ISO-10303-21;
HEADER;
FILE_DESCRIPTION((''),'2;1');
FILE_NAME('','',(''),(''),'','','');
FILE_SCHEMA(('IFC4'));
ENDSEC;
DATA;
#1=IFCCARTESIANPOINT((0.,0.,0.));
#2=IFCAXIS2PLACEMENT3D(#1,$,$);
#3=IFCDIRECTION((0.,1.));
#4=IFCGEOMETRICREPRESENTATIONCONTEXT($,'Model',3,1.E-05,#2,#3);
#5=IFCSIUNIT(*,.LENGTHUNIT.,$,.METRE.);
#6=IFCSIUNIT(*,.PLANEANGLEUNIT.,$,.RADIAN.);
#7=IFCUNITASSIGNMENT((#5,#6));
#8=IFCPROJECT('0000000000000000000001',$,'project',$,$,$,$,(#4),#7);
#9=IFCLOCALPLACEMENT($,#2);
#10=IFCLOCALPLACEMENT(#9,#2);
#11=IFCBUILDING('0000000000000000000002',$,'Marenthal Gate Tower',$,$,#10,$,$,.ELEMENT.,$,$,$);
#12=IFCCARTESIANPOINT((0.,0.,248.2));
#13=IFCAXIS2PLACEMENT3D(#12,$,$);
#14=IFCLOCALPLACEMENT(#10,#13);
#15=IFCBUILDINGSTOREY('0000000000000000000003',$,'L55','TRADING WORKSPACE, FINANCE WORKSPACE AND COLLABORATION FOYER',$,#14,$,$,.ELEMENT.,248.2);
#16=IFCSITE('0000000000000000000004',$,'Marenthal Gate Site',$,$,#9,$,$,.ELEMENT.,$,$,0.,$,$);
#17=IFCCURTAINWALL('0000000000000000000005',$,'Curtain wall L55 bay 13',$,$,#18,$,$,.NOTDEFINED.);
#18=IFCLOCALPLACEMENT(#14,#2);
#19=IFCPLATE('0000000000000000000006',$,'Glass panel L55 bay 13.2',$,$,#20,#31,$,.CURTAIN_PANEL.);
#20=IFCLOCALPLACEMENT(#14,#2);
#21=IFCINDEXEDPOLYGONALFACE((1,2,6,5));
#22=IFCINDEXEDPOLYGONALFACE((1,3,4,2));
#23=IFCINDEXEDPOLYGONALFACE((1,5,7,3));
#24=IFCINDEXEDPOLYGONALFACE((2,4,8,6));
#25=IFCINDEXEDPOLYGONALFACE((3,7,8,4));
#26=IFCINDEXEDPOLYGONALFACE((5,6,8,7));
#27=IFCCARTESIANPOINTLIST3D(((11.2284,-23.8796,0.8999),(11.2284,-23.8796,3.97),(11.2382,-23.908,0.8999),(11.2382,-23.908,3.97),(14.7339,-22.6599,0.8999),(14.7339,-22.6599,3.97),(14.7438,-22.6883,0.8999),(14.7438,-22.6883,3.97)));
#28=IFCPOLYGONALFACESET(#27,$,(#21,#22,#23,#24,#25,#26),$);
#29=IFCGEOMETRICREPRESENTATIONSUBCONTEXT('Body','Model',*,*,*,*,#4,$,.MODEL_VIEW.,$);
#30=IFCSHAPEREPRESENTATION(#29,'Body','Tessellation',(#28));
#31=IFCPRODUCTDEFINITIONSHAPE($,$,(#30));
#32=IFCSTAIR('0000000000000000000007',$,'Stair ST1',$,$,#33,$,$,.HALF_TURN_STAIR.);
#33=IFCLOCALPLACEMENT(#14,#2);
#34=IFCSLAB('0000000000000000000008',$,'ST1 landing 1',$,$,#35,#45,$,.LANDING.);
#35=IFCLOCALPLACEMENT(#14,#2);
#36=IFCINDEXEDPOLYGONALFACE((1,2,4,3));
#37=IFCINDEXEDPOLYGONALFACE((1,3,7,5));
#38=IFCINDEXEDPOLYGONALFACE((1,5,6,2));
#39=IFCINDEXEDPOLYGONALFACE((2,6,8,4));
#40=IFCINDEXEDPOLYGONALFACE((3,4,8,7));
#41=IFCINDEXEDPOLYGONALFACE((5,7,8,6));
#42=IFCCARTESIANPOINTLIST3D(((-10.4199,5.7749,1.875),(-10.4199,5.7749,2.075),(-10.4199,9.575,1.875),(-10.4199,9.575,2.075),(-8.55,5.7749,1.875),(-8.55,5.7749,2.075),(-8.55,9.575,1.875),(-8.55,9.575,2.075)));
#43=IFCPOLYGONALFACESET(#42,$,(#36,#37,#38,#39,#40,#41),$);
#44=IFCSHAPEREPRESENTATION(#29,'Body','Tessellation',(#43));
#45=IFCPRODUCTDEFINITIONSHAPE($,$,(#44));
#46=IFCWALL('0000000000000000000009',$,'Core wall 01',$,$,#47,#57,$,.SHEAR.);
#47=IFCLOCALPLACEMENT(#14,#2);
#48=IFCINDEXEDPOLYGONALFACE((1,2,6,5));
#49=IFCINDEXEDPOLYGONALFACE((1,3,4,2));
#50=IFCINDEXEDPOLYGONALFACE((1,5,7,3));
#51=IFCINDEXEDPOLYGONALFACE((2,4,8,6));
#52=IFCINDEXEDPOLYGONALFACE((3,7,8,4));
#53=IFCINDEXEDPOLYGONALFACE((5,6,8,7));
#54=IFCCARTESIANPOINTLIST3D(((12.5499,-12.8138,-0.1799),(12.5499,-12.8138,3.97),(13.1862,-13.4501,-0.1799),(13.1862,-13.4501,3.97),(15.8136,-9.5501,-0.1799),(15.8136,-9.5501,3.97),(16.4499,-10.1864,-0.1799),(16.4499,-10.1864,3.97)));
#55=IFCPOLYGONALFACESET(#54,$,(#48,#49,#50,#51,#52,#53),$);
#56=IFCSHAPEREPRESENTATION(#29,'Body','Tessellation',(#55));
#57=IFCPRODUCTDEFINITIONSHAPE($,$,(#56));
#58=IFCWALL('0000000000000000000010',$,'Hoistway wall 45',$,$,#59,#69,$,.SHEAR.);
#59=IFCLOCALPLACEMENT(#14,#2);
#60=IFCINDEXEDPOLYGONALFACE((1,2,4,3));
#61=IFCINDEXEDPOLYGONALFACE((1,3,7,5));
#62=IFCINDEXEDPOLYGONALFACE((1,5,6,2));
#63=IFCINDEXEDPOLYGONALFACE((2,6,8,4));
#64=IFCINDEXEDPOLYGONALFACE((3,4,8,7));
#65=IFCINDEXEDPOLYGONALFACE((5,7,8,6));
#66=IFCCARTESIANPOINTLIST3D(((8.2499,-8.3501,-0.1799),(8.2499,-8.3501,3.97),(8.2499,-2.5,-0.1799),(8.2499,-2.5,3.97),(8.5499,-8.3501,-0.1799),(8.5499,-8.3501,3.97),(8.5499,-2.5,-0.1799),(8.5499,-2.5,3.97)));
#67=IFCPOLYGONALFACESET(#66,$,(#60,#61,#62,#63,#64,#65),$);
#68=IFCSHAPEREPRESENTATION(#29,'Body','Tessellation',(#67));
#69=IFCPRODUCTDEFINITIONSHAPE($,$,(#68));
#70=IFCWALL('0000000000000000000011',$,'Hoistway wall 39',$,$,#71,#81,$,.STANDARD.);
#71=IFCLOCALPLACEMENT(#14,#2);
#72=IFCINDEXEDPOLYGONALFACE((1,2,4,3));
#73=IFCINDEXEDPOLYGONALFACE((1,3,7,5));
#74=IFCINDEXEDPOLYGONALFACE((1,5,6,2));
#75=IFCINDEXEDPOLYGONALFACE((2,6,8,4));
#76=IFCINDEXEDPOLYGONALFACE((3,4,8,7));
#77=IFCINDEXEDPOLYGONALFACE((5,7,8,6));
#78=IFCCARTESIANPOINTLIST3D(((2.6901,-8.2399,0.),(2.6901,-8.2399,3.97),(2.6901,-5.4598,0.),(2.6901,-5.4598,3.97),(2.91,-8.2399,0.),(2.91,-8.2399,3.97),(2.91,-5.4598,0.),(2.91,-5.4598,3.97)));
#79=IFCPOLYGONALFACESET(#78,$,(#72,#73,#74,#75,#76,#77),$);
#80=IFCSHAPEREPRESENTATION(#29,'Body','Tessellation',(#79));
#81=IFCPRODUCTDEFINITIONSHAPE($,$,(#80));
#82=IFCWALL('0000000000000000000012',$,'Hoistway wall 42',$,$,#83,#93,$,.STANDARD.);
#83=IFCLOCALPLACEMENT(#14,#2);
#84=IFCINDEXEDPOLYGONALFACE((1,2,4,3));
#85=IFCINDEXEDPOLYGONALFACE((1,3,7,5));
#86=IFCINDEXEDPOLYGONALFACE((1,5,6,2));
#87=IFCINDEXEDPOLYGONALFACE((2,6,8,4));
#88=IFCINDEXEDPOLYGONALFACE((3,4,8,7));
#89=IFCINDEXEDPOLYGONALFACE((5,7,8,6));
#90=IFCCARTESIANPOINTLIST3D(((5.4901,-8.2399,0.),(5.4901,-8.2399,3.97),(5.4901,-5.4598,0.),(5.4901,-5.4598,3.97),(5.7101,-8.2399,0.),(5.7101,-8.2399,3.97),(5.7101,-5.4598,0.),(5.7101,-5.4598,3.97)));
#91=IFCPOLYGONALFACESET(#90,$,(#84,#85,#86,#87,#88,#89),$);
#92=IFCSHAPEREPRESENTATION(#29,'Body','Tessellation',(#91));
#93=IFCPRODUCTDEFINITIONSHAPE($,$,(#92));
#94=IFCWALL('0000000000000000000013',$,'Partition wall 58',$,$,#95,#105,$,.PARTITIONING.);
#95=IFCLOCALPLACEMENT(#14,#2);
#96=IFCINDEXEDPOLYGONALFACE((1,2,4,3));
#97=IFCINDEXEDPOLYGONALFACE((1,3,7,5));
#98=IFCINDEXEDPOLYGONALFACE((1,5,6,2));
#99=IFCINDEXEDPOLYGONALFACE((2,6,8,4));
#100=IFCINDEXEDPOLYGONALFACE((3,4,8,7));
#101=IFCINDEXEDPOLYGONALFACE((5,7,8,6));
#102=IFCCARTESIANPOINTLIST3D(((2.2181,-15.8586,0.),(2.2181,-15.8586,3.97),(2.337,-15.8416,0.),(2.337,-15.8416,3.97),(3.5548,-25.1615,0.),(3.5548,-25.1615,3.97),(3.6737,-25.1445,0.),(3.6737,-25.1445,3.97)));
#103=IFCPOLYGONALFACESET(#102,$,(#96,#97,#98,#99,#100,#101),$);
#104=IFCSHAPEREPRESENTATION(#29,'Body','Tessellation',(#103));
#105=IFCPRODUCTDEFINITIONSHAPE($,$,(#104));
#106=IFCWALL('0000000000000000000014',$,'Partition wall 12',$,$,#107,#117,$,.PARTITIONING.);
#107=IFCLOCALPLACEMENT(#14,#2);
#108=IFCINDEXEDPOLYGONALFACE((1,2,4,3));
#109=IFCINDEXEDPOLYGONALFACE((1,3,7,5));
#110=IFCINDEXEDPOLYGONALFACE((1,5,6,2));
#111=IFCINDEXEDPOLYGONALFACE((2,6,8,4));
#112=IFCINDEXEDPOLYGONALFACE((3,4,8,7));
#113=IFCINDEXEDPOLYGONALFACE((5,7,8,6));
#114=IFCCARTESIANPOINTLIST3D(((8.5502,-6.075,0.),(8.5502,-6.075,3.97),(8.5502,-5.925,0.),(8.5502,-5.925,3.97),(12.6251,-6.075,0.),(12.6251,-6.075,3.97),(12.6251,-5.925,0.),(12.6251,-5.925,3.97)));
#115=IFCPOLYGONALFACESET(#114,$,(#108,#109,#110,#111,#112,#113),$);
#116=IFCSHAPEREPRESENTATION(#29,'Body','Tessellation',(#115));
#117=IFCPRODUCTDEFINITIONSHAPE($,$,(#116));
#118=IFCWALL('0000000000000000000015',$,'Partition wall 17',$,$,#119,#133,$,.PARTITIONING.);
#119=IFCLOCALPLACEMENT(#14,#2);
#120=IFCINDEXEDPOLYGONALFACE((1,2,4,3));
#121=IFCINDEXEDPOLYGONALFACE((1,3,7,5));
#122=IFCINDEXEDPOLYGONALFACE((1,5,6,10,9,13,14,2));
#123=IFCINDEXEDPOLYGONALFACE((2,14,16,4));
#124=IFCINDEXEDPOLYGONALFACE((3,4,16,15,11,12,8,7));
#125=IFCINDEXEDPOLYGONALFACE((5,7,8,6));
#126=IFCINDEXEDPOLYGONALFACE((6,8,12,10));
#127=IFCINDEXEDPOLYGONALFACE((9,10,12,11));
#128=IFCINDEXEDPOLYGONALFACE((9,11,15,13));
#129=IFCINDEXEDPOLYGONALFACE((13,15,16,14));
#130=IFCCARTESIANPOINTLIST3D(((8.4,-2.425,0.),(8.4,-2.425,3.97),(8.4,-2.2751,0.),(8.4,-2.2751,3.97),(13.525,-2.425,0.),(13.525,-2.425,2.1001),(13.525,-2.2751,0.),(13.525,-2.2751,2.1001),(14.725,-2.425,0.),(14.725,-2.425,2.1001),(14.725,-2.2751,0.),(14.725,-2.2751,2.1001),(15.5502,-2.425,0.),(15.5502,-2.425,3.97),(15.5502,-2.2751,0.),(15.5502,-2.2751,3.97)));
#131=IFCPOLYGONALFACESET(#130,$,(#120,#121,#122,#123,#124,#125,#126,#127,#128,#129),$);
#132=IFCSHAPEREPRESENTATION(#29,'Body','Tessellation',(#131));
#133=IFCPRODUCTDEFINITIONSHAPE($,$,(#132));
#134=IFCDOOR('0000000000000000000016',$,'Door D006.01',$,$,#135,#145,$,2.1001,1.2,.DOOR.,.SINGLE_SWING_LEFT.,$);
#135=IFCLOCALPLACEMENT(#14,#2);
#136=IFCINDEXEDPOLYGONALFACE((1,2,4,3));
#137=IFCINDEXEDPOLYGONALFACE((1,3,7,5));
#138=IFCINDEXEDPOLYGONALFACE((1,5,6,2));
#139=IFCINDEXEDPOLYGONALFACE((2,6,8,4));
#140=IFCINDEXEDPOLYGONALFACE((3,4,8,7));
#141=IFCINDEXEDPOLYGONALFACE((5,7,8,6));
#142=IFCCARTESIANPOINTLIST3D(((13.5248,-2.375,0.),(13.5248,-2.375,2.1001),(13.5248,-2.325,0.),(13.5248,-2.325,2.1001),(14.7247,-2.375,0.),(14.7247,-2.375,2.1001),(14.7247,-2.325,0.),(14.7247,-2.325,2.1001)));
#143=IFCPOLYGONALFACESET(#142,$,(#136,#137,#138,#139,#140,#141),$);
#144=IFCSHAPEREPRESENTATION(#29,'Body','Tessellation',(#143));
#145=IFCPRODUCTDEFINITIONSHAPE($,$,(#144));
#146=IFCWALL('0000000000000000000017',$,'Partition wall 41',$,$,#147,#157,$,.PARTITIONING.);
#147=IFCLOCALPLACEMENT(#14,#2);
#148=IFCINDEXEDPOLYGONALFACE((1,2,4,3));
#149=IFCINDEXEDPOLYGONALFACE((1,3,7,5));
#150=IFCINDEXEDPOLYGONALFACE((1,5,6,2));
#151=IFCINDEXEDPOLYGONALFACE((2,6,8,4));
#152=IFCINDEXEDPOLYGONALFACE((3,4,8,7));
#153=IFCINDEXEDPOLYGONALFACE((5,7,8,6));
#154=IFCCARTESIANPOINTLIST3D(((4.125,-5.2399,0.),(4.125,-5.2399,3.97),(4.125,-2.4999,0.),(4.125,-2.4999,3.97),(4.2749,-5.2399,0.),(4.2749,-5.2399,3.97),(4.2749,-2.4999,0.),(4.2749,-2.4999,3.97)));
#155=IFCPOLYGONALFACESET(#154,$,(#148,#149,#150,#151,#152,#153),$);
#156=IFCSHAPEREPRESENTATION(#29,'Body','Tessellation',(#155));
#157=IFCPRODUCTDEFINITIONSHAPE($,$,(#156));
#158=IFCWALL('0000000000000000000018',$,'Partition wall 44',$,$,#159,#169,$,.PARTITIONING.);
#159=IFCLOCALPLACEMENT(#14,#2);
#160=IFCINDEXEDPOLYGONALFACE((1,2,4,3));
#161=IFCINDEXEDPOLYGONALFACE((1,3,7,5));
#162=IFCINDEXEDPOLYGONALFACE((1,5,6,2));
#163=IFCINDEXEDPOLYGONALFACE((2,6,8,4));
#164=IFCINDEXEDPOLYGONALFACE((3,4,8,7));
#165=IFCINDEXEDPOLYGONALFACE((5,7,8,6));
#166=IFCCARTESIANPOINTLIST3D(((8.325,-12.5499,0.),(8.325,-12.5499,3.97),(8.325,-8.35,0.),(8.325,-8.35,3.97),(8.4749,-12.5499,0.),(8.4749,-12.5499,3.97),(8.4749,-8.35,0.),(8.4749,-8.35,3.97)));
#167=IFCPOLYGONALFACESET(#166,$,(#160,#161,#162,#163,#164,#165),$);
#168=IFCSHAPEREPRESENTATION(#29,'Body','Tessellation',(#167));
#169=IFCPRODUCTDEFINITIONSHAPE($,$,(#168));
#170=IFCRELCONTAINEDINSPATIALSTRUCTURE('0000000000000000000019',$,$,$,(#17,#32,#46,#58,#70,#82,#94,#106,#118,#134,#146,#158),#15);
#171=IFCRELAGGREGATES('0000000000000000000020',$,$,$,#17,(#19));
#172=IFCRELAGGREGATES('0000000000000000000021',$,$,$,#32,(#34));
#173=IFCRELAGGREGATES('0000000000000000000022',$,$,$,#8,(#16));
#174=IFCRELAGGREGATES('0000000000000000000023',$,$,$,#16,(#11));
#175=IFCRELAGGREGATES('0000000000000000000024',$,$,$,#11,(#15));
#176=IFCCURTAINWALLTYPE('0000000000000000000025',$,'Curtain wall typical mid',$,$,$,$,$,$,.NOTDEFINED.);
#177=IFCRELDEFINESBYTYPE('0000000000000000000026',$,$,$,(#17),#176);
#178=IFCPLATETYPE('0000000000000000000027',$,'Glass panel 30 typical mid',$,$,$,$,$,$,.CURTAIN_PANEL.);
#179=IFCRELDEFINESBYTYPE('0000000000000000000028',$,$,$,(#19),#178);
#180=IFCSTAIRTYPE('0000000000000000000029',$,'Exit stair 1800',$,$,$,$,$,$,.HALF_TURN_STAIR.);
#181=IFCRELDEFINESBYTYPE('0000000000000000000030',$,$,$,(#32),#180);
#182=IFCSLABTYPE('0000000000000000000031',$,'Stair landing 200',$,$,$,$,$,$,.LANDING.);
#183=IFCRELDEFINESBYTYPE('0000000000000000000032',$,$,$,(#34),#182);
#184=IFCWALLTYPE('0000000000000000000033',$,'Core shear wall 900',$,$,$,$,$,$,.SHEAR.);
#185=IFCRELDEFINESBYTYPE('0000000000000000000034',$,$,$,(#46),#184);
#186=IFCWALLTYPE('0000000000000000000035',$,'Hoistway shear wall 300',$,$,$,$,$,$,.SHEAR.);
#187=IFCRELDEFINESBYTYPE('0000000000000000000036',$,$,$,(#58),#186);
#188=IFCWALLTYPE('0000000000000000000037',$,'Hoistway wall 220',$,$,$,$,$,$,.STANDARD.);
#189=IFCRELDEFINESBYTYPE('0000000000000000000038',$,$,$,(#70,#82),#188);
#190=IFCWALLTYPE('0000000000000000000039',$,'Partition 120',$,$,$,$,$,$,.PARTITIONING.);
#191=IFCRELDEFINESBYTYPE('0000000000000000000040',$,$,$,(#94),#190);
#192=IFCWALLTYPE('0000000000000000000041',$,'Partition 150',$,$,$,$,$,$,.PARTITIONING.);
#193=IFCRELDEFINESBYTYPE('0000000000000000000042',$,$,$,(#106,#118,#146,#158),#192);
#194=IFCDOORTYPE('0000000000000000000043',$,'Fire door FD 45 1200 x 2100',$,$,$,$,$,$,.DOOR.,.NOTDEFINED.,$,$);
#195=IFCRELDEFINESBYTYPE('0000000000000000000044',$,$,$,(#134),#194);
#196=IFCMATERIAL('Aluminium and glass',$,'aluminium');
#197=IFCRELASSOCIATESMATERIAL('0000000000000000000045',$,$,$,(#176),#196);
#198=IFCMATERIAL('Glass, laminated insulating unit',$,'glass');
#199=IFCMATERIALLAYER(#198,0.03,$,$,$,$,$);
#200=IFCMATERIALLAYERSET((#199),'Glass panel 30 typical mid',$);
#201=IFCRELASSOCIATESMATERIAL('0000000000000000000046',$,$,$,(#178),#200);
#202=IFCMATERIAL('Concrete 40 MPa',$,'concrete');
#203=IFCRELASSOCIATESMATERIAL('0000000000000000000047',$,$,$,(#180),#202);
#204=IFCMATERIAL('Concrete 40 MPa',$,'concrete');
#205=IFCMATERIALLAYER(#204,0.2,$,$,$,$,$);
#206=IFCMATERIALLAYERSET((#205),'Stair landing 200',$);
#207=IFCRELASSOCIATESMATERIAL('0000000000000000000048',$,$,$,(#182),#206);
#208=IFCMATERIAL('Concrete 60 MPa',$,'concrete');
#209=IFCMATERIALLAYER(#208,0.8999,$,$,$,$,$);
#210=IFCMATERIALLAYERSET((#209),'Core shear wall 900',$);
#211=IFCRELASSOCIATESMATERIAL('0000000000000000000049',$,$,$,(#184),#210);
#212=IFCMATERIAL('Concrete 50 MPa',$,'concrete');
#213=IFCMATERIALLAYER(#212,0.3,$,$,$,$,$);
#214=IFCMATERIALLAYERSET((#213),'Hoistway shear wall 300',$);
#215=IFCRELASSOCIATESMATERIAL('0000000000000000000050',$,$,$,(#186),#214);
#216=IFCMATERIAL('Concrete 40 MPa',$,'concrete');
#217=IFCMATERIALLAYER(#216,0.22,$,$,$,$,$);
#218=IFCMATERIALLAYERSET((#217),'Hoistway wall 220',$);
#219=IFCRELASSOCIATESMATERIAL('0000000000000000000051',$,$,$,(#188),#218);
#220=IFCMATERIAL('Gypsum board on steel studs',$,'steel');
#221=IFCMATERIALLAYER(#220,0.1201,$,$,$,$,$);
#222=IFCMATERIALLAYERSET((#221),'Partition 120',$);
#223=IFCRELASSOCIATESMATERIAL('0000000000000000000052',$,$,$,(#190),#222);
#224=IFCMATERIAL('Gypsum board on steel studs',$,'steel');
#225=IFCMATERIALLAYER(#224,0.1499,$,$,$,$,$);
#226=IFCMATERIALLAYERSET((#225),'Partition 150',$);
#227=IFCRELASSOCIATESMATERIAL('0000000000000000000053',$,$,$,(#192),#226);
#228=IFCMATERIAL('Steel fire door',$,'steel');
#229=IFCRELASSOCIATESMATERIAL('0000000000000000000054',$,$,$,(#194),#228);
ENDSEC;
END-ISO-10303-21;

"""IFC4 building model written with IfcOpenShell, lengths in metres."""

from ifc_helpers import new_model, si_unit, direction, frame, frame_2d, origin, origin_2d, place, context, subcontext, project, spatial, polyline, rectangle, outline, extrude, material, layer, layer_set, type_object, element, fill, aggregate, save


model = new_model("IFC4")

# Units and contexts
model_context = context("Model", 3, precision=1e-05, world=origin(), true_north=direction((0.0, 1.0)))
body_context = subcontext(model_context, "Body", "Model", "MODEL_VIEW")
ifc_project = project(units=[si_unit("LENGTHUNIT", "METRE"), si_unit("PLANEANGLEUNIT", "RADIAN")], contexts=[model_context])

# Site, building, storey
site_placement = place(None, origin())
site = spatial("IfcSite", under=ifc_project, at=site_placement, Name="Marenthal Gate Site", CompositionType="ELEMENT", RefElevation=0.0)
building_placement = place(site_placement, origin())
building = spatial("IfcBuilding", under=site, at=building_placement, Name="Marenthal Gate Tower", CompositionType="ELEMENT")
storey_placement = place(building_placement, frame((0.0, 0.0, 248.2)))
storey = spatial("IfcBuildingStorey", under=building, at=storey_placement, Name="L55", Description="TRADING WORKSPACE, FINANCE WORKSPACE AND COLLABORATION FOYER", CompositionType="ELEMENT", Elevation=248.2)

# Curtain wall
ifc_material_1 = material(Name="Aluminium and glass", Category="aluminium")
curtain_wall_type = type_object("IfcCurtainWallType", Name="Curtain wall typical mid", PredefinedType="NOTDEFINED", material=ifc_material_1)
curtain_wall_placement = place(storey_placement, origin())
curtain_wall = element("IfcCurtainWall", 1, at=curtain_wall_placement, inside=storey, type_object=curtain_wall_type, Name="Curtain wall L55 bay 13", PredefinedType="NOTDEFINED")

# Plate
ifc_material_2 = material(Name="Glass, laminated insulating unit", Category="glass")
ifc_layer_1 = layer(ifc_material_2, 0.03)
ifc_layer_set_1 = layer_set([ifc_layer_1], Name="Glass panel 30 typical mid")
plate_type = type_object("IfcPlateType", Name="Glass panel 30 typical mid", PredefinedType="CURTAIN_PANEL", material=ifc_layer_set_1)
plate_1_placement = place(storey_placement, frame((12.9861, -23.2839, 0.8999), z_axis=(0.0, 0.0, 1.0), x_axis=(0.944465, 0.328612, 0.0)))
plate_1 = element("IfcPlate", 2, at=plate_1_placement, type_object=plate_type, Name="Glass panel L55 bay 13.2", PredefinedType="CURTAIN_PANEL", context=body_context, shape_type="SweptSolid", body=[
    extrude(rectangle(XDim=3.7117, YDim=0.03, at=origin_2d()), origin(), (0.0, 0.0, 1.0), 3.0701),
])
aggregate(curtain_wall, [plate_1])

# Stair, slab
ifc_material_3 = material(Name="Concrete 40 MPa", Category="concrete")
stair_type = type_object("IfcStairType", Name="Exit stair 1800", PredefinedType="HALF_TURN_STAIR", material=ifc_material_3)
stair_placement = place(storey_placement, origin())
stair = element("IfcStair", 3, at=stair_placement, inside=storey, type_object=stair_type, Name="Stair ST1", PredefinedType="HALF_TURN_STAIR")
ifc_material_4 = material(Name="Concrete 40 MPa", Category="concrete")
ifc_layer_2 = layer(ifc_material_4, 0.2)
ifc_layer_set_2 = layer_set([ifc_layer_2], Name="Stair landing 200")
slab_type_1 = type_object("IfcSlabType", Name="Stair landing 200", PredefinedType="LANDING", material=ifc_layer_set_2)
slab_1_placement = place(storey_placement, frame((0.0, 0.0, 1.875)))
slab_1 = element("IfcSlab", 4, at=slab_1_placement, type_object=slab_type_1, Name="ST1 landing 1", PredefinedType="LANDING", context=body_context, shape_type="SweptSolid", body=[
    extrude(outline(polyline([(-10.4199, 5.7749), (-8.55, 5.7749), (-8.55, 9.575), (-10.4199, 9.575), (-10.4199, 5.7749)])), origin(), (0.0, 0.0, 1.0), 0.2),
])
aggregate(stair, [slab_1])

# Walls
ifc_material_5 = material(Name="Concrete 60 MPa", Category="concrete")
ifc_layer_3 = layer(ifc_material_5, 0.8999)
ifc_layer_set_3 = layer_set([ifc_layer_3], Name="Core shear wall 900")
wall_type_1 = type_object("IfcWallType", Name="Core shear wall 900", PredefinedType="SHEAR", material=ifc_layer_set_3)
wall_1_placement = place(storey_placement, frame((12.8682, -13.1318, -0.1799), z_axis=(0.0, 0.0, 1.0), x_axis=(0.707107, 0.707107, 0.0)))
element("IfcWall", 5, at=wall_1_placement, inside=storey, type_object=wall_type_1, Name="Core wall 01", PredefinedType="SHEAR", context=body_context, shape_type="SweptSolid", body=[
    extrude(rectangle(XDim=4.6155, YDim=0.8999, at=frame_2d((2.3076, 0.0))), origin(), (0.0, 0.0, 1.0), 4.1499),
])
ifc_material_6 = material(Name="Concrete 50 MPa", Category="concrete")
ifc_layer_4 = layer(ifc_material_6, 0.3)
ifc_layer_set_4 = layer_set([ifc_layer_4], Name="Hoistway shear wall 300")
wall_type_2 = type_object("IfcWallType", Name="Hoistway shear wall 300", PredefinedType="SHEAR", material=ifc_layer_set_4)
wall_2_placement = place(storey_placement, frame((8.3999, -8.3501, -0.1799), z_axis=(0.0, 0.0, 1.0), x_axis=(0.0, 1.0, 0.0)))
element("IfcWall", 6, at=wall_2_placement, inside=storey, type_object=wall_type_2, Name="Hoistway wall 45", PredefinedType="SHEAR", context=body_context, shape_type="SweptSolid", body=[
    extrude(rectangle(XDim=5.8501, YDim=0.3, at=frame_2d((2.925, 0.0))), origin(), (0.0, 0.0, 1.0), 4.1499),
])
ifc_material_7 = material(Name="Concrete 40 MPa", Category="concrete")
ifc_layer_5 = layer(ifc_material_7, 0.22)
ifc_layer_set_5 = layer_set([ifc_layer_5], Name="Hoistway wall 220")
wall_type_3 = type_object("IfcWallType", Name="Hoistway wall 220", PredefinedType="STANDARD", material=ifc_layer_set_5)
for number, where, z_axis, x_axis, name in (
    (7, (2.8, -8.24, 0.0), (0.0, 0.0, 1.0), (0.0, 1.0, 0.0), "Hoistway wall 39"),
    (8, (5.6001, -8.24, 0.0), (0.0, 0.0, 1.0), (0.0, 1.0, 0.0), "Hoistway wall 42"),
):
    element("IfcWall", number, at=place(storey_placement, frame(where, z_axis=z_axis, x_axis=x_axis)), inside=storey, type_object=wall_type_3, Name=name, PredefinedType="STANDARD", context=body_context, shape_type="SweptSolid", body=[
        extrude(rectangle(XDim=2.78, YDim=0.22, at=frame_2d((1.3901, 0.0))), origin(), (0.0, 0.0, 1.0), 3.97),
    ])
ifc_material_8 = material(Name="Gypsum board on steel studs", Category="steel")
ifc_layer_6 = layer(ifc_material_8, 0.1201)
ifc_layer_set_6 = layer_set([ifc_layer_6], Name="Partition 120")
wall_type_4 = type_object("IfcWallType", Name="Partition 120", PredefinedType="PARTITIONING", material=ifc_layer_set_6)
wall_3_placement = place(storey_placement, frame((2.2776, -15.8501, 0.0), z_axis=(0.0, 0.0, 1.0), x_axis=(0.142221, -0.989835, 0.0)))
element("IfcWall", 9, at=wall_3_placement, inside=storey, type_object=wall_type_4, Name="Partition wall 58", PredefinedType="PARTITIONING", context=body_context, shape_type="SweptSolid", body=[
    extrude(rectangle(XDim=9.3984, YDim=0.1201, at=frame_2d((4.6992, 0.0))), origin(), (0.0, 0.0, 1.0), 3.97),
])
ifc_material_9 = material(Name="Gypsum board on steel studs", Category="steel")
ifc_layer_7 = layer(ifc_material_9, 0.1499)
ifc_layer_set_7 = layer_set([ifc_layer_7], Name="Partition 150")
wall_type_5 = type_object("IfcWallType", Name="Partition 150", PredefinedType="PARTITIONING", material=ifc_layer_set_7)
wall_4_placement = place(storey_placement, frame((8.55, -6.0, 0.0), z_axis=(0.0, 0.0, 1.0), x_axis=(1.0, 0.0, 0.0)))
element("IfcWall", 10, at=wall_4_placement, inside=storey, type_object=wall_type_5, Name="Partition wall 12", PredefinedType="PARTITIONING", context=body_context, shape_type="SweptSolid", body=[
    extrude(rectangle(XDim=4.075, YDim=0.1499, at=frame_2d((2.0376, 0.0))), origin(), (0.0, 0.0, 1.0), 3.97),
])

# Wall, opening, door
wall_5_placement = place(storey_placement, frame((8.3999, -2.3501, 0.0), z_axis=(0.0, 0.0, 1.0), x_axis=(1.0, 0.0, 0.0)))
wall_5 = element("IfcWall", 11, at=wall_5_placement, inside=storey, type_object=wall_type_5, Name="Partition wall 17", PredefinedType="PARTITIONING", context=body_context, shape_type="SweptSolid", body=[
    extrude(rectangle(XDim=7.1501, YDim=0.1499, at=frame_2d((3.5752, 0.0))), origin(), (0.0, 0.0, 1.0), 3.97),
])
opening_1_placement = place(wall_5_placement, frame((5.125, 0.0, 0.0)))
opening_1 = element("IfcOpeningElement", 12, at=opening_1_placement, cuts=wall_5, PredefinedType="OPENING", context=body_context, shape_type="SweptSolid", body=[
    extrude(rectangle(XDim=1.2, YDim=2.1001, at=frame_2d((0.6001, 1.05))), frame((0.0, 0.085, 0.0), z_axis=(0.0, -1.0, 0.0), x_axis=(1.0, 0.0, 0.0)), (0.0, 0.0, 1.0), 0.1699),
])
ifc_material_10 = material(Name="Steel fire door", Category="steel")
door_type_1 = type_object("IfcDoorType", Name="Fire door FD 45 1200 x 2100", OperationType="NOTDEFINED", PredefinedType="DOOR", material=ifc_material_10)
door_1_placement = place(opening_1_placement, frame((1.2, 0.0, 0.0), z_axis=(0.0, 0.0, 1.0), x_axis=(-1.0, 0.0, 0.0)))
door_1 = element("IfcDoor", 13, at=door_1_placement, inside=storey, type_object=door_type_1, Name="Door D006.01", OperationType="SINGLE_SWING_LEFT", OverallHeight=2.1001, OverallWidth=1.2, PredefinedType="DOOR", context=body_context, shape_type="SweptSolid", body=[
    extrude(rectangle(XDim=1.2, YDim=2.1001, at=frame_2d((0.6001, 1.05))), frame((0.0, 0.0249, 0.0), z_axis=(0.0, -1.0, 0.0), x_axis=(1.0, 0.0, 0.0)), (0.0, 0.0, 1.0), 0.05),
])
fill(opening_1, door_1)

# Walls
wall_6_placement = place(storey_placement, frame((4.2, -5.24, 0.0), z_axis=(0.0, 0.0, 1.0), x_axis=(0.0, 1.0, 0.0)))
element("IfcWall", 14, at=wall_6_placement, inside=storey, type_object=wall_type_5, Name="Partition wall 41", PredefinedType="PARTITIONING", context=body_context, shape_type="SweptSolid", body=[
    extrude(rectangle(XDim=2.74, YDim=0.1499, at=frame_2d((1.3701, 0.0))), origin(), (0.0, 0.0, 1.0), 3.97),
])
wall_7_placement = place(storey_placement, frame((8.3999, -12.55, 0.0), z_axis=(0.0, 0.0, 1.0), x_axis=(0.0, 1.0, 0.0)))
element("IfcWall", 15, at=wall_7_placement, inside=storey, type_object=wall_type_5, Name="Partition wall 44", PredefinedType="PARTITIONING", context=body_context, shape_type="SweptSolid", body=[
    extrude(rectangle(XDim=4.2, YDim=0.1499, at=frame_2d((2.1001, 0.0))), origin(), (0.0, 0.0, 1.0), 3.97),
])

save(model, "model.ifc")
